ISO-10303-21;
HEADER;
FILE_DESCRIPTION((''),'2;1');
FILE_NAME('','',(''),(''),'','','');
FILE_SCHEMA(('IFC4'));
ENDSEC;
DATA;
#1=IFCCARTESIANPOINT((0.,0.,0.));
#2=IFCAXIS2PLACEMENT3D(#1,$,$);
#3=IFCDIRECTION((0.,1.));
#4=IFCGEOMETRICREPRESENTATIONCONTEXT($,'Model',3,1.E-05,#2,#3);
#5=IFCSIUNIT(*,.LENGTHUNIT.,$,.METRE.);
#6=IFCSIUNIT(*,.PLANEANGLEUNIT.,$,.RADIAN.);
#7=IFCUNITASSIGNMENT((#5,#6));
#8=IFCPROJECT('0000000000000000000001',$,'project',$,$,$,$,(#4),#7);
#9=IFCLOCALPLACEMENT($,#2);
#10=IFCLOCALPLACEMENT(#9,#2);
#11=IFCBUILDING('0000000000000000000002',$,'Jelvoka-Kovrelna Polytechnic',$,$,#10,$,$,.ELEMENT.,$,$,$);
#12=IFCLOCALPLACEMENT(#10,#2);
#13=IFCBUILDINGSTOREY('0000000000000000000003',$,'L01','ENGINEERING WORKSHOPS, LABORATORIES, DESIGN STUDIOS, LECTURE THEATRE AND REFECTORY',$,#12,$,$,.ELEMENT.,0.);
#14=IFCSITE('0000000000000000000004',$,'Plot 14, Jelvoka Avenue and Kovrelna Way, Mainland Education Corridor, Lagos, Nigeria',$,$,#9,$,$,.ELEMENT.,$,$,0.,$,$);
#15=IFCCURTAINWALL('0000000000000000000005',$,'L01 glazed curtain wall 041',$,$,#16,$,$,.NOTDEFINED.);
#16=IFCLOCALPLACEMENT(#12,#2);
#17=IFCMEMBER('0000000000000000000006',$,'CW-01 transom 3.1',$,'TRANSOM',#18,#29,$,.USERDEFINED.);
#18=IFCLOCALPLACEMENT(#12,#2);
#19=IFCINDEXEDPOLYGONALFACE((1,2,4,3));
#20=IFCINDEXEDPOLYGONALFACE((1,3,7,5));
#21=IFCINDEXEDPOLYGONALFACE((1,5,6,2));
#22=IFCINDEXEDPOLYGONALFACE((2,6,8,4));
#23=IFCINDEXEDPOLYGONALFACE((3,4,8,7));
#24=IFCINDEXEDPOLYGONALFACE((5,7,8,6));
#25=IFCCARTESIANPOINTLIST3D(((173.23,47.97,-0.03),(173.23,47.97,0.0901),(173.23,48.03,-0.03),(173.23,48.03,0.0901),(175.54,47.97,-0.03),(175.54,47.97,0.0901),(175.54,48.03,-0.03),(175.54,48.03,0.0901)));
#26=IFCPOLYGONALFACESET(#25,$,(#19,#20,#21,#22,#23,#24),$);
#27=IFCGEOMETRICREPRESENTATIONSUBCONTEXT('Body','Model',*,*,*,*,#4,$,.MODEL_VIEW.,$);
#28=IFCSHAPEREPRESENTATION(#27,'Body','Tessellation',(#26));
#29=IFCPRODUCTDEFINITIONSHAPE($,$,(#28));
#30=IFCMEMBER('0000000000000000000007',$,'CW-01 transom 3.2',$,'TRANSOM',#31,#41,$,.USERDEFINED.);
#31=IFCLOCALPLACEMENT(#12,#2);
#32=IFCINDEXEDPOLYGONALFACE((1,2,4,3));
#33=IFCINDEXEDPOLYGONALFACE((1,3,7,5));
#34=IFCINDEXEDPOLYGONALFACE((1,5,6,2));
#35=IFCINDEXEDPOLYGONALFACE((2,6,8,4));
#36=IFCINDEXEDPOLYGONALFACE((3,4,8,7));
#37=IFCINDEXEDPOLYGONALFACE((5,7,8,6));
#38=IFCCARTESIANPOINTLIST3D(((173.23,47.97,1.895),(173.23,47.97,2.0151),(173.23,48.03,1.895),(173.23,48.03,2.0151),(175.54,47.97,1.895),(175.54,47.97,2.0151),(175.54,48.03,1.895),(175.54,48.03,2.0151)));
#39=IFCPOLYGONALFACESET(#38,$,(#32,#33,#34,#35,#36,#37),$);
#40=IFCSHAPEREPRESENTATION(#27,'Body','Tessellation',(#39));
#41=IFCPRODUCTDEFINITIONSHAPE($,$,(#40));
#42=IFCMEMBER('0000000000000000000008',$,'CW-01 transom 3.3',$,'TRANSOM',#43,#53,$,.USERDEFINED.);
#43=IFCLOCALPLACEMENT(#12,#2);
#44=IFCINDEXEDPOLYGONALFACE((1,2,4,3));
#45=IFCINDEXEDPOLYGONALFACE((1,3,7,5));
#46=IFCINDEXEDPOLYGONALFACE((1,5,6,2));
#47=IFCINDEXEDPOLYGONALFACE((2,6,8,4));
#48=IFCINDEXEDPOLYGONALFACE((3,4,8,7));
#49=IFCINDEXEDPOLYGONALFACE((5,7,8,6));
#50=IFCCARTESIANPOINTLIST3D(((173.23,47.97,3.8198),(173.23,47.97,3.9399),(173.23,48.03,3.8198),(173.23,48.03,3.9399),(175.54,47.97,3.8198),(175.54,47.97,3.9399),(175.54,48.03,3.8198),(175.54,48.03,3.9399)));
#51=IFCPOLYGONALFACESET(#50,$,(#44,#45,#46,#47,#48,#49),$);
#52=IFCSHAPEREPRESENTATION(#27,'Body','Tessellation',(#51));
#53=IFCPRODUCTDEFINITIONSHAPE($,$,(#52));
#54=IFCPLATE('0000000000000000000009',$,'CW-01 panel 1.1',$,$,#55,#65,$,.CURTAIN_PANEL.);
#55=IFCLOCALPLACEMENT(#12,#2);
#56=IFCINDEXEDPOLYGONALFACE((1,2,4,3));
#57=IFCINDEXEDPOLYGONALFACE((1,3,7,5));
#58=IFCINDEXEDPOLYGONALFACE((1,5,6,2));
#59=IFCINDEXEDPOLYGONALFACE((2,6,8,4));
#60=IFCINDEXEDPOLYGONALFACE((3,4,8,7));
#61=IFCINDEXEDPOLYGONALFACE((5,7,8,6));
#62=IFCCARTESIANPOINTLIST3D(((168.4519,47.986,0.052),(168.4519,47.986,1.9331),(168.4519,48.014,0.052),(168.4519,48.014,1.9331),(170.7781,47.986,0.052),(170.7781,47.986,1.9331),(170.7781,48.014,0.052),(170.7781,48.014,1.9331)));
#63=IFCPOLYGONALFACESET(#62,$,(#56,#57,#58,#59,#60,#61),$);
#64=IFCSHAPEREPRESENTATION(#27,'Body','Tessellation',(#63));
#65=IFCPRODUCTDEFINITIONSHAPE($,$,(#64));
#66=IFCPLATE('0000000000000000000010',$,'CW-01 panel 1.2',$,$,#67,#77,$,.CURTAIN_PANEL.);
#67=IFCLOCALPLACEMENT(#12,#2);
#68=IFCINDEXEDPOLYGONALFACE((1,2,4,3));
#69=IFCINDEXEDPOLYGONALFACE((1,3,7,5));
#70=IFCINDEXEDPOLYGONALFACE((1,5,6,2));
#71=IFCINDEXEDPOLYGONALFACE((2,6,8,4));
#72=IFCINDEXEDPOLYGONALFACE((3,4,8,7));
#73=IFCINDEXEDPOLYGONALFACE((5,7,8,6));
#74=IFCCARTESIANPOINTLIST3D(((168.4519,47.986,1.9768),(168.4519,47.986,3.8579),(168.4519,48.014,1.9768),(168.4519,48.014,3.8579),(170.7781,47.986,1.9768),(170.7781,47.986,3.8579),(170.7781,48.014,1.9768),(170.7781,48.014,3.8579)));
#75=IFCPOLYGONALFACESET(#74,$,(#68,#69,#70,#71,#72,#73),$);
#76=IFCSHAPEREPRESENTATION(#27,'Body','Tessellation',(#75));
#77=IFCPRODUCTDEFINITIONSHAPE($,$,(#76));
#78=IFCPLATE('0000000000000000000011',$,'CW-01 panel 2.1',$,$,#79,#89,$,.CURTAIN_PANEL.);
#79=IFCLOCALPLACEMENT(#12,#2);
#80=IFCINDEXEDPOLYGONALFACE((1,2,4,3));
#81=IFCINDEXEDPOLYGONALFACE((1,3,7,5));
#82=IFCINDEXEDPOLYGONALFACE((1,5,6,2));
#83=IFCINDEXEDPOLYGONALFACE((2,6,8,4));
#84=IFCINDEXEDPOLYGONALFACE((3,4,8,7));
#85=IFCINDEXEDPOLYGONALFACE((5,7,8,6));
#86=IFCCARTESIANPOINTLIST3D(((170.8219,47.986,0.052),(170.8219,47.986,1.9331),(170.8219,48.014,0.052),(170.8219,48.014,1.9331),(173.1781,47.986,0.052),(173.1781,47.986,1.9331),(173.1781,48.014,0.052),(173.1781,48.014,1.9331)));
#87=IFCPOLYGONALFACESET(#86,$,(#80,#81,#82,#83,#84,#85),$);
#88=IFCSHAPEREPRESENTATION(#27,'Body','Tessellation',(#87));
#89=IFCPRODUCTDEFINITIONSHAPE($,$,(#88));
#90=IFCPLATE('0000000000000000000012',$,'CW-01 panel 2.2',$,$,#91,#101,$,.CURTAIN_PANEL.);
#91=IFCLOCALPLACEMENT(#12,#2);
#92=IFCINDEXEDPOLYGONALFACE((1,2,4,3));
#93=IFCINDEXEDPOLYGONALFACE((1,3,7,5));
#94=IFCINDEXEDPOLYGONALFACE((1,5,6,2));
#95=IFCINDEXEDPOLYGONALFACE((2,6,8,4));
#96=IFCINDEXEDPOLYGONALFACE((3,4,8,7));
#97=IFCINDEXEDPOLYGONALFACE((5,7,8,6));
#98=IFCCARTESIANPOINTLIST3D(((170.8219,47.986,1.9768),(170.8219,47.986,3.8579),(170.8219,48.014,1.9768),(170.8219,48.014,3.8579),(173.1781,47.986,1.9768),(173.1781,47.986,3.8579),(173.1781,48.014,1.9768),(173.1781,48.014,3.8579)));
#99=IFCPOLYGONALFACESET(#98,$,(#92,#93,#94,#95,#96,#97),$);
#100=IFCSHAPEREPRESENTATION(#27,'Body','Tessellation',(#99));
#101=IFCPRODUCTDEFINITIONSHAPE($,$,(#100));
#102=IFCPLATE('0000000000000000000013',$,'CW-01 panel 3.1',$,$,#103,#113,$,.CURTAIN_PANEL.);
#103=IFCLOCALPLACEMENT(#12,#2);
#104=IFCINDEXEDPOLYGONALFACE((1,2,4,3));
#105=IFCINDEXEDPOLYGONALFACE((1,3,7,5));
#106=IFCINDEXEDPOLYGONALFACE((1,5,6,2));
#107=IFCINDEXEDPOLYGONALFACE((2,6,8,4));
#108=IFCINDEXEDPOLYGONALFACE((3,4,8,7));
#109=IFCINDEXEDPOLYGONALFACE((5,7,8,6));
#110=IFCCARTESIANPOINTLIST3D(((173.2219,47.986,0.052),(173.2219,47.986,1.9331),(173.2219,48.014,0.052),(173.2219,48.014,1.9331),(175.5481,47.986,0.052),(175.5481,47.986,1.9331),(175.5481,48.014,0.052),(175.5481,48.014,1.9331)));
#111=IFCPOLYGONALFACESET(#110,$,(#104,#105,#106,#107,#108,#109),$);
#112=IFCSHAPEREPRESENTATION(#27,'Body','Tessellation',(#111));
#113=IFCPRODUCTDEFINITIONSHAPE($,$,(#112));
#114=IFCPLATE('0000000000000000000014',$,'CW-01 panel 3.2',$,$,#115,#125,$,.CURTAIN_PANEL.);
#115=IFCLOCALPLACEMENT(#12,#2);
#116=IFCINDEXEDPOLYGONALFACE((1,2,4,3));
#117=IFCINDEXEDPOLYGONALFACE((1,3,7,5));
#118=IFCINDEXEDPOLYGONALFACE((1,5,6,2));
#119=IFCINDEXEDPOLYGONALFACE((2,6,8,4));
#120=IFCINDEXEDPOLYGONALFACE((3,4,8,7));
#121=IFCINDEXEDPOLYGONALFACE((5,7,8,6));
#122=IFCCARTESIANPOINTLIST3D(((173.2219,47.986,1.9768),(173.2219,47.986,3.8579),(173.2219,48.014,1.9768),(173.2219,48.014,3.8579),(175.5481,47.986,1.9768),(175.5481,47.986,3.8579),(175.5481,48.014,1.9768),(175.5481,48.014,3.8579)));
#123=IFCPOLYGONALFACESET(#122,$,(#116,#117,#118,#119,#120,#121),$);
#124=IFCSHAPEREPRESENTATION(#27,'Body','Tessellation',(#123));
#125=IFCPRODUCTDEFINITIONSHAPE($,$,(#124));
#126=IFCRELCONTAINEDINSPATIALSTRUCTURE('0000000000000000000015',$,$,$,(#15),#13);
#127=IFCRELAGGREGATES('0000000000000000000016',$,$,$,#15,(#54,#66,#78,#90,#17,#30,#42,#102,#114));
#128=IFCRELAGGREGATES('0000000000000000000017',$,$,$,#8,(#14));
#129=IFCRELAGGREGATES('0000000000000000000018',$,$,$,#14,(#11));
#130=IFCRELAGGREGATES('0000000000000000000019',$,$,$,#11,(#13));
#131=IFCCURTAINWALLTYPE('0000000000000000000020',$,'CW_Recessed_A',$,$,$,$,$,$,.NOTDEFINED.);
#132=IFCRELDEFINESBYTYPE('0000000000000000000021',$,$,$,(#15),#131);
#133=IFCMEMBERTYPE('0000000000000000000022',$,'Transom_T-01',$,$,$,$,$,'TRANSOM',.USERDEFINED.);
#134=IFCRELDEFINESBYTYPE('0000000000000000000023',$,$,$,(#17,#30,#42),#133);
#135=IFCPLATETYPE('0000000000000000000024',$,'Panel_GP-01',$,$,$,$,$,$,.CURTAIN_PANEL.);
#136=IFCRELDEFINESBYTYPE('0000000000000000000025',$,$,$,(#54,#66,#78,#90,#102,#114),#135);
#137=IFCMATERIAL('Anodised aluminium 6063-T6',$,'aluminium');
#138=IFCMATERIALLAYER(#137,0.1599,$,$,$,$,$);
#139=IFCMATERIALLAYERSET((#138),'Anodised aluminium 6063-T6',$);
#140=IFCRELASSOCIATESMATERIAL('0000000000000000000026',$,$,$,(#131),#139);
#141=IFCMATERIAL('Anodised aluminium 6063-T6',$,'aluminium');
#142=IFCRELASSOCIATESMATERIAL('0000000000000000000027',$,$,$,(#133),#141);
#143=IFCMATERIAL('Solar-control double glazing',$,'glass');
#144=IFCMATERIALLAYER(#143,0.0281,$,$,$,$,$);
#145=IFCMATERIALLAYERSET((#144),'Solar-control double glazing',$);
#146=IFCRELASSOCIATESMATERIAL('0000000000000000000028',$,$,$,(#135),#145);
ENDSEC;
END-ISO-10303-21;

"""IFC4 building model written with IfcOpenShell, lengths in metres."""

from ifc_helpers import new_model, si_unit, direction, frame, origin, origin_2d, place, context, subcontext, project, spatial, rectangle, extrude, material, layer, layer_set, material_profile, profile_set, type_object, element, aggregate, save


model = new_model("IFC4")

# Units and contexts
model_context = context("Model", 3, precision=1e-05, world=origin(), true_north=direction((0.0, 1.0)))
body_context = subcontext(model_context, "Body", "Model", "MODEL_VIEW")
ifc_project = project(units=[si_unit("LENGTHUNIT", "METRE"), si_unit("PLANEANGLEUNIT", "RADIAN")], contexts=[model_context])

# Site, building, storey
site_placement = place(None, origin())
site = spatial("IfcSite", under=ifc_project, at=site_placement, Name="Plot 14, Jelvoka Avenue and Kovrelna Way, Mainland Education Corridor, Lagos, Nigeria", CompositionType="ELEMENT", RefElevation=0.0)
building_placement = place(site_placement, origin())
building = spatial("IfcBuilding", under=site, at=building_placement, Name="Jelvoka-Kovrelna Polytechnic", CompositionType="ELEMENT")
storey_placement = place(building_placement, origin())
storey = spatial("IfcBuildingStorey", under=building, at=storey_placement, Name="L01", Description="ENGINEERING WORKSHOPS, LABORATORIES, DESIGN STUDIOS, LECTURE THEATRE AND REFECTORY", CompositionType="ELEMENT", Elevation=0.0)

# Curtain wall
ifc_material_1 = material(Name="Anodised aluminium 6063-T6", Category="aluminium")
ifc_layer_1 = layer(ifc_material_1, 0.1599)
ifc_layer_set_1 = layer_set([ifc_layer_1], Name="Anodised aluminium 6063-T6")
curtain_wall_type = type_object("IfcCurtainWallType", Name="CW_Recessed_A", PredefinedType="NOTDEFINED", material=ifc_layer_set_1)
curtain_wall_placement = place(storey_placement, origin())
curtain_wall = element("IfcCurtainWall", 1, at=curtain_wall_placement, inside=storey, type_object=curtain_wall_type, Name="L01 glazed curtain wall 041", PredefinedType="NOTDEFINED")

# Members
ifc_material_2 = material(Name="Anodised aluminium 6063-T6", Category="aluminium")
ifc_material_profile_1 = material_profile(ifc_material_2, rectangle(XDim=0.0601, YDim=0.1201, at=origin_2d()), Name="ALU 60x120")
ifc_profile_set_1 = profile_set([ifc_material_profile_1], Name="Anodised aluminium 6063-T6")
member_type_1 = type_object("IfcMemberType", Name="Transom_T-01", ElementType="TRANSOM", PredefinedType="USERDEFINED", material=ifc_profile_set_1)
member_1_placement = place(storey_placement, frame((173.23, 48.0, 0.03), z_axis=(1.0, 0.0, 0.0), x_axis=(0.0, 1.0, 0.0)))
member_1 = element("IfcMember", 2, at=member_1_placement, type_object=member_type_1, Name="CW-01 transom 3.1", ObjectType="TRANSOM", PredefinedType="USERDEFINED", context=body_context, shape_type="SweptSolid", body=[
    extrude(rectangle(XDim=0.0601, YDim=0.1201, at=origin_2d()), origin(), (0.0, 0.0, 1.0), 2.3101),
])
member_2_placement = place(storey_placement, frame((173.23, 48.0, 1.9551), z_axis=(1.0, 0.0, 0.0), x_axis=(0.0, 1.0, 0.0)))
member_2 = element("IfcMember", 3, at=member_2_placement, type_object=member_type_1, Name="CW-01 transom 3.2", ObjectType="TRANSOM", PredefinedType="USERDEFINED", context=body_context, shape_type="SweptSolid", body=[
    extrude(rectangle(XDim=0.0601, YDim=0.1201, at=origin_2d()), origin(), (0.0, 0.0, 1.0), 2.3101),
])
member_3_placement = place(storey_placement, frame((173.23, 48.0, 3.8799), z_axis=(1.0, 0.0, 0.0), x_axis=(0.0, 1.0, 0.0)))
member_3 = element("IfcMember", 4, at=member_3_placement, type_object=member_type_1, Name="CW-01 transom 3.3", ObjectType="TRANSOM", PredefinedType="USERDEFINED", context=body_context, shape_type="SweptSolid", body=[
    extrude(rectangle(XDim=0.0601, YDim=0.1201, at=origin_2d()), origin(), (0.0, 0.0, 1.0), 2.3101),
])

# Plates
ifc_material_3 = material(Name="Solar-control double glazing", Category="glass")
ifc_layer_2 = layer(ifc_material_3, 0.0281)
ifc_layer_set_2 = layer_set([ifc_layer_2], Name="Solar-control double glazing")
plate_type = type_object("IfcPlateType", Name="Panel_GP-01", PredefinedType="CURTAIN_PANEL", material=ifc_layer_set_2)
plate_1_placement = place(storey_placement, frame((169.615, 48.0, 0.052), z_axis=(0.0, 0.0, 1.0), x_axis=(1.0, 0.0, 0.0)))
plate_1 = element("IfcPlate", 5, at=plate_1_placement, type_object=plate_type, Name="CW-01 panel 1.1", PredefinedType="CURTAIN_PANEL", context=body_context, shape_type="SweptSolid", body=[
    extrude(rectangle(XDim=2.3262, YDim=0.0281, at=origin_2d()), origin(), (0.0, 0.0, 1.0), 1.8811),
])
plate_2_placement = place(storey_placement, frame((169.615, 48.0, 1.9768), z_axis=(0.0, 0.0, 1.0), x_axis=(1.0, 0.0, 0.0)))
plate_2 = element("IfcPlate", 6, at=plate_2_placement, type_object=plate_type, Name="CW-01 panel 1.2", PredefinedType="CURTAIN_PANEL", context=body_context, shape_type="SweptSolid", body=[
    extrude(rectangle(XDim=2.3262, YDim=0.0281, at=origin_2d()), origin(), (0.0, 0.0, 1.0), 1.8811),
])
plate_3_placement = place(storey_placement, frame((172.0, 48.0, 0.052), z_axis=(0.0, 0.0, 1.0), x_axis=(1.0, 0.0, 0.0)))
plate_3 = element("IfcPlate", 7, at=plate_3_placement, type_object=plate_type, Name="CW-01 panel 2.1", PredefinedType="CURTAIN_PANEL", context=body_context, shape_type="SweptSolid", body=[
    extrude(rectangle(XDim=2.3562, YDim=0.0281, at=origin_2d()), origin(), (0.0, 0.0, 1.0), 1.8811),
])
plate_4_placement = place(storey_placement, frame((172.0, 48.0, 1.9768), z_axis=(0.0, 0.0, 1.0), x_axis=(1.0, 0.0, 0.0)))
plate_4 = element("IfcPlate", 8, at=plate_4_placement, type_object=plate_type, Name="CW-01 panel 2.2", PredefinedType="CURTAIN_PANEL", context=body_context, shape_type="SweptSolid", body=[
    extrude(rectangle(XDim=2.3562, YDim=0.0281, at=origin_2d()), origin(), (0.0, 0.0, 1.0), 1.8811),
])
plate_5_placement = place(storey_placement, frame((174.385, 48.0, 0.052), z_axis=(0.0, 0.0, 1.0), x_axis=(1.0, 0.0, 0.0)))
plate_5 = element("IfcPlate", 9, at=plate_5_placement, type_object=plate_type, Name="CW-01 panel 3.1", PredefinedType="CURTAIN_PANEL", context=body_context, shape_type="SweptSolid", body=[
    extrude(rectangle(XDim=2.3262, YDim=0.0281, at=origin_2d()), origin(), (0.0, 0.0, 1.0), 1.8811),
])
plate_6_placement = place(storey_placement, frame((174.385, 48.0, 1.9768), z_axis=(0.0, 0.0, 1.0), x_axis=(1.0, 0.0, 0.0)))
plate_6 = element("IfcPlate", 10, at=plate_6_placement, type_object=plate_type, Name="CW-01 panel 3.2", PredefinedType="CURTAIN_PANEL", context=body_context, shape_type="SweptSolid", body=[
    extrude(rectangle(XDim=2.3262, YDim=0.0281, at=origin_2d()), origin(), (0.0, 0.0, 1.0), 1.8811),
])
aggregate(curtain_wall, [plate_1, plate_2, plate_3, plate_4, member_1, member_2, member_3, plate_5, plate_6])

save(model, "model.ifc")
